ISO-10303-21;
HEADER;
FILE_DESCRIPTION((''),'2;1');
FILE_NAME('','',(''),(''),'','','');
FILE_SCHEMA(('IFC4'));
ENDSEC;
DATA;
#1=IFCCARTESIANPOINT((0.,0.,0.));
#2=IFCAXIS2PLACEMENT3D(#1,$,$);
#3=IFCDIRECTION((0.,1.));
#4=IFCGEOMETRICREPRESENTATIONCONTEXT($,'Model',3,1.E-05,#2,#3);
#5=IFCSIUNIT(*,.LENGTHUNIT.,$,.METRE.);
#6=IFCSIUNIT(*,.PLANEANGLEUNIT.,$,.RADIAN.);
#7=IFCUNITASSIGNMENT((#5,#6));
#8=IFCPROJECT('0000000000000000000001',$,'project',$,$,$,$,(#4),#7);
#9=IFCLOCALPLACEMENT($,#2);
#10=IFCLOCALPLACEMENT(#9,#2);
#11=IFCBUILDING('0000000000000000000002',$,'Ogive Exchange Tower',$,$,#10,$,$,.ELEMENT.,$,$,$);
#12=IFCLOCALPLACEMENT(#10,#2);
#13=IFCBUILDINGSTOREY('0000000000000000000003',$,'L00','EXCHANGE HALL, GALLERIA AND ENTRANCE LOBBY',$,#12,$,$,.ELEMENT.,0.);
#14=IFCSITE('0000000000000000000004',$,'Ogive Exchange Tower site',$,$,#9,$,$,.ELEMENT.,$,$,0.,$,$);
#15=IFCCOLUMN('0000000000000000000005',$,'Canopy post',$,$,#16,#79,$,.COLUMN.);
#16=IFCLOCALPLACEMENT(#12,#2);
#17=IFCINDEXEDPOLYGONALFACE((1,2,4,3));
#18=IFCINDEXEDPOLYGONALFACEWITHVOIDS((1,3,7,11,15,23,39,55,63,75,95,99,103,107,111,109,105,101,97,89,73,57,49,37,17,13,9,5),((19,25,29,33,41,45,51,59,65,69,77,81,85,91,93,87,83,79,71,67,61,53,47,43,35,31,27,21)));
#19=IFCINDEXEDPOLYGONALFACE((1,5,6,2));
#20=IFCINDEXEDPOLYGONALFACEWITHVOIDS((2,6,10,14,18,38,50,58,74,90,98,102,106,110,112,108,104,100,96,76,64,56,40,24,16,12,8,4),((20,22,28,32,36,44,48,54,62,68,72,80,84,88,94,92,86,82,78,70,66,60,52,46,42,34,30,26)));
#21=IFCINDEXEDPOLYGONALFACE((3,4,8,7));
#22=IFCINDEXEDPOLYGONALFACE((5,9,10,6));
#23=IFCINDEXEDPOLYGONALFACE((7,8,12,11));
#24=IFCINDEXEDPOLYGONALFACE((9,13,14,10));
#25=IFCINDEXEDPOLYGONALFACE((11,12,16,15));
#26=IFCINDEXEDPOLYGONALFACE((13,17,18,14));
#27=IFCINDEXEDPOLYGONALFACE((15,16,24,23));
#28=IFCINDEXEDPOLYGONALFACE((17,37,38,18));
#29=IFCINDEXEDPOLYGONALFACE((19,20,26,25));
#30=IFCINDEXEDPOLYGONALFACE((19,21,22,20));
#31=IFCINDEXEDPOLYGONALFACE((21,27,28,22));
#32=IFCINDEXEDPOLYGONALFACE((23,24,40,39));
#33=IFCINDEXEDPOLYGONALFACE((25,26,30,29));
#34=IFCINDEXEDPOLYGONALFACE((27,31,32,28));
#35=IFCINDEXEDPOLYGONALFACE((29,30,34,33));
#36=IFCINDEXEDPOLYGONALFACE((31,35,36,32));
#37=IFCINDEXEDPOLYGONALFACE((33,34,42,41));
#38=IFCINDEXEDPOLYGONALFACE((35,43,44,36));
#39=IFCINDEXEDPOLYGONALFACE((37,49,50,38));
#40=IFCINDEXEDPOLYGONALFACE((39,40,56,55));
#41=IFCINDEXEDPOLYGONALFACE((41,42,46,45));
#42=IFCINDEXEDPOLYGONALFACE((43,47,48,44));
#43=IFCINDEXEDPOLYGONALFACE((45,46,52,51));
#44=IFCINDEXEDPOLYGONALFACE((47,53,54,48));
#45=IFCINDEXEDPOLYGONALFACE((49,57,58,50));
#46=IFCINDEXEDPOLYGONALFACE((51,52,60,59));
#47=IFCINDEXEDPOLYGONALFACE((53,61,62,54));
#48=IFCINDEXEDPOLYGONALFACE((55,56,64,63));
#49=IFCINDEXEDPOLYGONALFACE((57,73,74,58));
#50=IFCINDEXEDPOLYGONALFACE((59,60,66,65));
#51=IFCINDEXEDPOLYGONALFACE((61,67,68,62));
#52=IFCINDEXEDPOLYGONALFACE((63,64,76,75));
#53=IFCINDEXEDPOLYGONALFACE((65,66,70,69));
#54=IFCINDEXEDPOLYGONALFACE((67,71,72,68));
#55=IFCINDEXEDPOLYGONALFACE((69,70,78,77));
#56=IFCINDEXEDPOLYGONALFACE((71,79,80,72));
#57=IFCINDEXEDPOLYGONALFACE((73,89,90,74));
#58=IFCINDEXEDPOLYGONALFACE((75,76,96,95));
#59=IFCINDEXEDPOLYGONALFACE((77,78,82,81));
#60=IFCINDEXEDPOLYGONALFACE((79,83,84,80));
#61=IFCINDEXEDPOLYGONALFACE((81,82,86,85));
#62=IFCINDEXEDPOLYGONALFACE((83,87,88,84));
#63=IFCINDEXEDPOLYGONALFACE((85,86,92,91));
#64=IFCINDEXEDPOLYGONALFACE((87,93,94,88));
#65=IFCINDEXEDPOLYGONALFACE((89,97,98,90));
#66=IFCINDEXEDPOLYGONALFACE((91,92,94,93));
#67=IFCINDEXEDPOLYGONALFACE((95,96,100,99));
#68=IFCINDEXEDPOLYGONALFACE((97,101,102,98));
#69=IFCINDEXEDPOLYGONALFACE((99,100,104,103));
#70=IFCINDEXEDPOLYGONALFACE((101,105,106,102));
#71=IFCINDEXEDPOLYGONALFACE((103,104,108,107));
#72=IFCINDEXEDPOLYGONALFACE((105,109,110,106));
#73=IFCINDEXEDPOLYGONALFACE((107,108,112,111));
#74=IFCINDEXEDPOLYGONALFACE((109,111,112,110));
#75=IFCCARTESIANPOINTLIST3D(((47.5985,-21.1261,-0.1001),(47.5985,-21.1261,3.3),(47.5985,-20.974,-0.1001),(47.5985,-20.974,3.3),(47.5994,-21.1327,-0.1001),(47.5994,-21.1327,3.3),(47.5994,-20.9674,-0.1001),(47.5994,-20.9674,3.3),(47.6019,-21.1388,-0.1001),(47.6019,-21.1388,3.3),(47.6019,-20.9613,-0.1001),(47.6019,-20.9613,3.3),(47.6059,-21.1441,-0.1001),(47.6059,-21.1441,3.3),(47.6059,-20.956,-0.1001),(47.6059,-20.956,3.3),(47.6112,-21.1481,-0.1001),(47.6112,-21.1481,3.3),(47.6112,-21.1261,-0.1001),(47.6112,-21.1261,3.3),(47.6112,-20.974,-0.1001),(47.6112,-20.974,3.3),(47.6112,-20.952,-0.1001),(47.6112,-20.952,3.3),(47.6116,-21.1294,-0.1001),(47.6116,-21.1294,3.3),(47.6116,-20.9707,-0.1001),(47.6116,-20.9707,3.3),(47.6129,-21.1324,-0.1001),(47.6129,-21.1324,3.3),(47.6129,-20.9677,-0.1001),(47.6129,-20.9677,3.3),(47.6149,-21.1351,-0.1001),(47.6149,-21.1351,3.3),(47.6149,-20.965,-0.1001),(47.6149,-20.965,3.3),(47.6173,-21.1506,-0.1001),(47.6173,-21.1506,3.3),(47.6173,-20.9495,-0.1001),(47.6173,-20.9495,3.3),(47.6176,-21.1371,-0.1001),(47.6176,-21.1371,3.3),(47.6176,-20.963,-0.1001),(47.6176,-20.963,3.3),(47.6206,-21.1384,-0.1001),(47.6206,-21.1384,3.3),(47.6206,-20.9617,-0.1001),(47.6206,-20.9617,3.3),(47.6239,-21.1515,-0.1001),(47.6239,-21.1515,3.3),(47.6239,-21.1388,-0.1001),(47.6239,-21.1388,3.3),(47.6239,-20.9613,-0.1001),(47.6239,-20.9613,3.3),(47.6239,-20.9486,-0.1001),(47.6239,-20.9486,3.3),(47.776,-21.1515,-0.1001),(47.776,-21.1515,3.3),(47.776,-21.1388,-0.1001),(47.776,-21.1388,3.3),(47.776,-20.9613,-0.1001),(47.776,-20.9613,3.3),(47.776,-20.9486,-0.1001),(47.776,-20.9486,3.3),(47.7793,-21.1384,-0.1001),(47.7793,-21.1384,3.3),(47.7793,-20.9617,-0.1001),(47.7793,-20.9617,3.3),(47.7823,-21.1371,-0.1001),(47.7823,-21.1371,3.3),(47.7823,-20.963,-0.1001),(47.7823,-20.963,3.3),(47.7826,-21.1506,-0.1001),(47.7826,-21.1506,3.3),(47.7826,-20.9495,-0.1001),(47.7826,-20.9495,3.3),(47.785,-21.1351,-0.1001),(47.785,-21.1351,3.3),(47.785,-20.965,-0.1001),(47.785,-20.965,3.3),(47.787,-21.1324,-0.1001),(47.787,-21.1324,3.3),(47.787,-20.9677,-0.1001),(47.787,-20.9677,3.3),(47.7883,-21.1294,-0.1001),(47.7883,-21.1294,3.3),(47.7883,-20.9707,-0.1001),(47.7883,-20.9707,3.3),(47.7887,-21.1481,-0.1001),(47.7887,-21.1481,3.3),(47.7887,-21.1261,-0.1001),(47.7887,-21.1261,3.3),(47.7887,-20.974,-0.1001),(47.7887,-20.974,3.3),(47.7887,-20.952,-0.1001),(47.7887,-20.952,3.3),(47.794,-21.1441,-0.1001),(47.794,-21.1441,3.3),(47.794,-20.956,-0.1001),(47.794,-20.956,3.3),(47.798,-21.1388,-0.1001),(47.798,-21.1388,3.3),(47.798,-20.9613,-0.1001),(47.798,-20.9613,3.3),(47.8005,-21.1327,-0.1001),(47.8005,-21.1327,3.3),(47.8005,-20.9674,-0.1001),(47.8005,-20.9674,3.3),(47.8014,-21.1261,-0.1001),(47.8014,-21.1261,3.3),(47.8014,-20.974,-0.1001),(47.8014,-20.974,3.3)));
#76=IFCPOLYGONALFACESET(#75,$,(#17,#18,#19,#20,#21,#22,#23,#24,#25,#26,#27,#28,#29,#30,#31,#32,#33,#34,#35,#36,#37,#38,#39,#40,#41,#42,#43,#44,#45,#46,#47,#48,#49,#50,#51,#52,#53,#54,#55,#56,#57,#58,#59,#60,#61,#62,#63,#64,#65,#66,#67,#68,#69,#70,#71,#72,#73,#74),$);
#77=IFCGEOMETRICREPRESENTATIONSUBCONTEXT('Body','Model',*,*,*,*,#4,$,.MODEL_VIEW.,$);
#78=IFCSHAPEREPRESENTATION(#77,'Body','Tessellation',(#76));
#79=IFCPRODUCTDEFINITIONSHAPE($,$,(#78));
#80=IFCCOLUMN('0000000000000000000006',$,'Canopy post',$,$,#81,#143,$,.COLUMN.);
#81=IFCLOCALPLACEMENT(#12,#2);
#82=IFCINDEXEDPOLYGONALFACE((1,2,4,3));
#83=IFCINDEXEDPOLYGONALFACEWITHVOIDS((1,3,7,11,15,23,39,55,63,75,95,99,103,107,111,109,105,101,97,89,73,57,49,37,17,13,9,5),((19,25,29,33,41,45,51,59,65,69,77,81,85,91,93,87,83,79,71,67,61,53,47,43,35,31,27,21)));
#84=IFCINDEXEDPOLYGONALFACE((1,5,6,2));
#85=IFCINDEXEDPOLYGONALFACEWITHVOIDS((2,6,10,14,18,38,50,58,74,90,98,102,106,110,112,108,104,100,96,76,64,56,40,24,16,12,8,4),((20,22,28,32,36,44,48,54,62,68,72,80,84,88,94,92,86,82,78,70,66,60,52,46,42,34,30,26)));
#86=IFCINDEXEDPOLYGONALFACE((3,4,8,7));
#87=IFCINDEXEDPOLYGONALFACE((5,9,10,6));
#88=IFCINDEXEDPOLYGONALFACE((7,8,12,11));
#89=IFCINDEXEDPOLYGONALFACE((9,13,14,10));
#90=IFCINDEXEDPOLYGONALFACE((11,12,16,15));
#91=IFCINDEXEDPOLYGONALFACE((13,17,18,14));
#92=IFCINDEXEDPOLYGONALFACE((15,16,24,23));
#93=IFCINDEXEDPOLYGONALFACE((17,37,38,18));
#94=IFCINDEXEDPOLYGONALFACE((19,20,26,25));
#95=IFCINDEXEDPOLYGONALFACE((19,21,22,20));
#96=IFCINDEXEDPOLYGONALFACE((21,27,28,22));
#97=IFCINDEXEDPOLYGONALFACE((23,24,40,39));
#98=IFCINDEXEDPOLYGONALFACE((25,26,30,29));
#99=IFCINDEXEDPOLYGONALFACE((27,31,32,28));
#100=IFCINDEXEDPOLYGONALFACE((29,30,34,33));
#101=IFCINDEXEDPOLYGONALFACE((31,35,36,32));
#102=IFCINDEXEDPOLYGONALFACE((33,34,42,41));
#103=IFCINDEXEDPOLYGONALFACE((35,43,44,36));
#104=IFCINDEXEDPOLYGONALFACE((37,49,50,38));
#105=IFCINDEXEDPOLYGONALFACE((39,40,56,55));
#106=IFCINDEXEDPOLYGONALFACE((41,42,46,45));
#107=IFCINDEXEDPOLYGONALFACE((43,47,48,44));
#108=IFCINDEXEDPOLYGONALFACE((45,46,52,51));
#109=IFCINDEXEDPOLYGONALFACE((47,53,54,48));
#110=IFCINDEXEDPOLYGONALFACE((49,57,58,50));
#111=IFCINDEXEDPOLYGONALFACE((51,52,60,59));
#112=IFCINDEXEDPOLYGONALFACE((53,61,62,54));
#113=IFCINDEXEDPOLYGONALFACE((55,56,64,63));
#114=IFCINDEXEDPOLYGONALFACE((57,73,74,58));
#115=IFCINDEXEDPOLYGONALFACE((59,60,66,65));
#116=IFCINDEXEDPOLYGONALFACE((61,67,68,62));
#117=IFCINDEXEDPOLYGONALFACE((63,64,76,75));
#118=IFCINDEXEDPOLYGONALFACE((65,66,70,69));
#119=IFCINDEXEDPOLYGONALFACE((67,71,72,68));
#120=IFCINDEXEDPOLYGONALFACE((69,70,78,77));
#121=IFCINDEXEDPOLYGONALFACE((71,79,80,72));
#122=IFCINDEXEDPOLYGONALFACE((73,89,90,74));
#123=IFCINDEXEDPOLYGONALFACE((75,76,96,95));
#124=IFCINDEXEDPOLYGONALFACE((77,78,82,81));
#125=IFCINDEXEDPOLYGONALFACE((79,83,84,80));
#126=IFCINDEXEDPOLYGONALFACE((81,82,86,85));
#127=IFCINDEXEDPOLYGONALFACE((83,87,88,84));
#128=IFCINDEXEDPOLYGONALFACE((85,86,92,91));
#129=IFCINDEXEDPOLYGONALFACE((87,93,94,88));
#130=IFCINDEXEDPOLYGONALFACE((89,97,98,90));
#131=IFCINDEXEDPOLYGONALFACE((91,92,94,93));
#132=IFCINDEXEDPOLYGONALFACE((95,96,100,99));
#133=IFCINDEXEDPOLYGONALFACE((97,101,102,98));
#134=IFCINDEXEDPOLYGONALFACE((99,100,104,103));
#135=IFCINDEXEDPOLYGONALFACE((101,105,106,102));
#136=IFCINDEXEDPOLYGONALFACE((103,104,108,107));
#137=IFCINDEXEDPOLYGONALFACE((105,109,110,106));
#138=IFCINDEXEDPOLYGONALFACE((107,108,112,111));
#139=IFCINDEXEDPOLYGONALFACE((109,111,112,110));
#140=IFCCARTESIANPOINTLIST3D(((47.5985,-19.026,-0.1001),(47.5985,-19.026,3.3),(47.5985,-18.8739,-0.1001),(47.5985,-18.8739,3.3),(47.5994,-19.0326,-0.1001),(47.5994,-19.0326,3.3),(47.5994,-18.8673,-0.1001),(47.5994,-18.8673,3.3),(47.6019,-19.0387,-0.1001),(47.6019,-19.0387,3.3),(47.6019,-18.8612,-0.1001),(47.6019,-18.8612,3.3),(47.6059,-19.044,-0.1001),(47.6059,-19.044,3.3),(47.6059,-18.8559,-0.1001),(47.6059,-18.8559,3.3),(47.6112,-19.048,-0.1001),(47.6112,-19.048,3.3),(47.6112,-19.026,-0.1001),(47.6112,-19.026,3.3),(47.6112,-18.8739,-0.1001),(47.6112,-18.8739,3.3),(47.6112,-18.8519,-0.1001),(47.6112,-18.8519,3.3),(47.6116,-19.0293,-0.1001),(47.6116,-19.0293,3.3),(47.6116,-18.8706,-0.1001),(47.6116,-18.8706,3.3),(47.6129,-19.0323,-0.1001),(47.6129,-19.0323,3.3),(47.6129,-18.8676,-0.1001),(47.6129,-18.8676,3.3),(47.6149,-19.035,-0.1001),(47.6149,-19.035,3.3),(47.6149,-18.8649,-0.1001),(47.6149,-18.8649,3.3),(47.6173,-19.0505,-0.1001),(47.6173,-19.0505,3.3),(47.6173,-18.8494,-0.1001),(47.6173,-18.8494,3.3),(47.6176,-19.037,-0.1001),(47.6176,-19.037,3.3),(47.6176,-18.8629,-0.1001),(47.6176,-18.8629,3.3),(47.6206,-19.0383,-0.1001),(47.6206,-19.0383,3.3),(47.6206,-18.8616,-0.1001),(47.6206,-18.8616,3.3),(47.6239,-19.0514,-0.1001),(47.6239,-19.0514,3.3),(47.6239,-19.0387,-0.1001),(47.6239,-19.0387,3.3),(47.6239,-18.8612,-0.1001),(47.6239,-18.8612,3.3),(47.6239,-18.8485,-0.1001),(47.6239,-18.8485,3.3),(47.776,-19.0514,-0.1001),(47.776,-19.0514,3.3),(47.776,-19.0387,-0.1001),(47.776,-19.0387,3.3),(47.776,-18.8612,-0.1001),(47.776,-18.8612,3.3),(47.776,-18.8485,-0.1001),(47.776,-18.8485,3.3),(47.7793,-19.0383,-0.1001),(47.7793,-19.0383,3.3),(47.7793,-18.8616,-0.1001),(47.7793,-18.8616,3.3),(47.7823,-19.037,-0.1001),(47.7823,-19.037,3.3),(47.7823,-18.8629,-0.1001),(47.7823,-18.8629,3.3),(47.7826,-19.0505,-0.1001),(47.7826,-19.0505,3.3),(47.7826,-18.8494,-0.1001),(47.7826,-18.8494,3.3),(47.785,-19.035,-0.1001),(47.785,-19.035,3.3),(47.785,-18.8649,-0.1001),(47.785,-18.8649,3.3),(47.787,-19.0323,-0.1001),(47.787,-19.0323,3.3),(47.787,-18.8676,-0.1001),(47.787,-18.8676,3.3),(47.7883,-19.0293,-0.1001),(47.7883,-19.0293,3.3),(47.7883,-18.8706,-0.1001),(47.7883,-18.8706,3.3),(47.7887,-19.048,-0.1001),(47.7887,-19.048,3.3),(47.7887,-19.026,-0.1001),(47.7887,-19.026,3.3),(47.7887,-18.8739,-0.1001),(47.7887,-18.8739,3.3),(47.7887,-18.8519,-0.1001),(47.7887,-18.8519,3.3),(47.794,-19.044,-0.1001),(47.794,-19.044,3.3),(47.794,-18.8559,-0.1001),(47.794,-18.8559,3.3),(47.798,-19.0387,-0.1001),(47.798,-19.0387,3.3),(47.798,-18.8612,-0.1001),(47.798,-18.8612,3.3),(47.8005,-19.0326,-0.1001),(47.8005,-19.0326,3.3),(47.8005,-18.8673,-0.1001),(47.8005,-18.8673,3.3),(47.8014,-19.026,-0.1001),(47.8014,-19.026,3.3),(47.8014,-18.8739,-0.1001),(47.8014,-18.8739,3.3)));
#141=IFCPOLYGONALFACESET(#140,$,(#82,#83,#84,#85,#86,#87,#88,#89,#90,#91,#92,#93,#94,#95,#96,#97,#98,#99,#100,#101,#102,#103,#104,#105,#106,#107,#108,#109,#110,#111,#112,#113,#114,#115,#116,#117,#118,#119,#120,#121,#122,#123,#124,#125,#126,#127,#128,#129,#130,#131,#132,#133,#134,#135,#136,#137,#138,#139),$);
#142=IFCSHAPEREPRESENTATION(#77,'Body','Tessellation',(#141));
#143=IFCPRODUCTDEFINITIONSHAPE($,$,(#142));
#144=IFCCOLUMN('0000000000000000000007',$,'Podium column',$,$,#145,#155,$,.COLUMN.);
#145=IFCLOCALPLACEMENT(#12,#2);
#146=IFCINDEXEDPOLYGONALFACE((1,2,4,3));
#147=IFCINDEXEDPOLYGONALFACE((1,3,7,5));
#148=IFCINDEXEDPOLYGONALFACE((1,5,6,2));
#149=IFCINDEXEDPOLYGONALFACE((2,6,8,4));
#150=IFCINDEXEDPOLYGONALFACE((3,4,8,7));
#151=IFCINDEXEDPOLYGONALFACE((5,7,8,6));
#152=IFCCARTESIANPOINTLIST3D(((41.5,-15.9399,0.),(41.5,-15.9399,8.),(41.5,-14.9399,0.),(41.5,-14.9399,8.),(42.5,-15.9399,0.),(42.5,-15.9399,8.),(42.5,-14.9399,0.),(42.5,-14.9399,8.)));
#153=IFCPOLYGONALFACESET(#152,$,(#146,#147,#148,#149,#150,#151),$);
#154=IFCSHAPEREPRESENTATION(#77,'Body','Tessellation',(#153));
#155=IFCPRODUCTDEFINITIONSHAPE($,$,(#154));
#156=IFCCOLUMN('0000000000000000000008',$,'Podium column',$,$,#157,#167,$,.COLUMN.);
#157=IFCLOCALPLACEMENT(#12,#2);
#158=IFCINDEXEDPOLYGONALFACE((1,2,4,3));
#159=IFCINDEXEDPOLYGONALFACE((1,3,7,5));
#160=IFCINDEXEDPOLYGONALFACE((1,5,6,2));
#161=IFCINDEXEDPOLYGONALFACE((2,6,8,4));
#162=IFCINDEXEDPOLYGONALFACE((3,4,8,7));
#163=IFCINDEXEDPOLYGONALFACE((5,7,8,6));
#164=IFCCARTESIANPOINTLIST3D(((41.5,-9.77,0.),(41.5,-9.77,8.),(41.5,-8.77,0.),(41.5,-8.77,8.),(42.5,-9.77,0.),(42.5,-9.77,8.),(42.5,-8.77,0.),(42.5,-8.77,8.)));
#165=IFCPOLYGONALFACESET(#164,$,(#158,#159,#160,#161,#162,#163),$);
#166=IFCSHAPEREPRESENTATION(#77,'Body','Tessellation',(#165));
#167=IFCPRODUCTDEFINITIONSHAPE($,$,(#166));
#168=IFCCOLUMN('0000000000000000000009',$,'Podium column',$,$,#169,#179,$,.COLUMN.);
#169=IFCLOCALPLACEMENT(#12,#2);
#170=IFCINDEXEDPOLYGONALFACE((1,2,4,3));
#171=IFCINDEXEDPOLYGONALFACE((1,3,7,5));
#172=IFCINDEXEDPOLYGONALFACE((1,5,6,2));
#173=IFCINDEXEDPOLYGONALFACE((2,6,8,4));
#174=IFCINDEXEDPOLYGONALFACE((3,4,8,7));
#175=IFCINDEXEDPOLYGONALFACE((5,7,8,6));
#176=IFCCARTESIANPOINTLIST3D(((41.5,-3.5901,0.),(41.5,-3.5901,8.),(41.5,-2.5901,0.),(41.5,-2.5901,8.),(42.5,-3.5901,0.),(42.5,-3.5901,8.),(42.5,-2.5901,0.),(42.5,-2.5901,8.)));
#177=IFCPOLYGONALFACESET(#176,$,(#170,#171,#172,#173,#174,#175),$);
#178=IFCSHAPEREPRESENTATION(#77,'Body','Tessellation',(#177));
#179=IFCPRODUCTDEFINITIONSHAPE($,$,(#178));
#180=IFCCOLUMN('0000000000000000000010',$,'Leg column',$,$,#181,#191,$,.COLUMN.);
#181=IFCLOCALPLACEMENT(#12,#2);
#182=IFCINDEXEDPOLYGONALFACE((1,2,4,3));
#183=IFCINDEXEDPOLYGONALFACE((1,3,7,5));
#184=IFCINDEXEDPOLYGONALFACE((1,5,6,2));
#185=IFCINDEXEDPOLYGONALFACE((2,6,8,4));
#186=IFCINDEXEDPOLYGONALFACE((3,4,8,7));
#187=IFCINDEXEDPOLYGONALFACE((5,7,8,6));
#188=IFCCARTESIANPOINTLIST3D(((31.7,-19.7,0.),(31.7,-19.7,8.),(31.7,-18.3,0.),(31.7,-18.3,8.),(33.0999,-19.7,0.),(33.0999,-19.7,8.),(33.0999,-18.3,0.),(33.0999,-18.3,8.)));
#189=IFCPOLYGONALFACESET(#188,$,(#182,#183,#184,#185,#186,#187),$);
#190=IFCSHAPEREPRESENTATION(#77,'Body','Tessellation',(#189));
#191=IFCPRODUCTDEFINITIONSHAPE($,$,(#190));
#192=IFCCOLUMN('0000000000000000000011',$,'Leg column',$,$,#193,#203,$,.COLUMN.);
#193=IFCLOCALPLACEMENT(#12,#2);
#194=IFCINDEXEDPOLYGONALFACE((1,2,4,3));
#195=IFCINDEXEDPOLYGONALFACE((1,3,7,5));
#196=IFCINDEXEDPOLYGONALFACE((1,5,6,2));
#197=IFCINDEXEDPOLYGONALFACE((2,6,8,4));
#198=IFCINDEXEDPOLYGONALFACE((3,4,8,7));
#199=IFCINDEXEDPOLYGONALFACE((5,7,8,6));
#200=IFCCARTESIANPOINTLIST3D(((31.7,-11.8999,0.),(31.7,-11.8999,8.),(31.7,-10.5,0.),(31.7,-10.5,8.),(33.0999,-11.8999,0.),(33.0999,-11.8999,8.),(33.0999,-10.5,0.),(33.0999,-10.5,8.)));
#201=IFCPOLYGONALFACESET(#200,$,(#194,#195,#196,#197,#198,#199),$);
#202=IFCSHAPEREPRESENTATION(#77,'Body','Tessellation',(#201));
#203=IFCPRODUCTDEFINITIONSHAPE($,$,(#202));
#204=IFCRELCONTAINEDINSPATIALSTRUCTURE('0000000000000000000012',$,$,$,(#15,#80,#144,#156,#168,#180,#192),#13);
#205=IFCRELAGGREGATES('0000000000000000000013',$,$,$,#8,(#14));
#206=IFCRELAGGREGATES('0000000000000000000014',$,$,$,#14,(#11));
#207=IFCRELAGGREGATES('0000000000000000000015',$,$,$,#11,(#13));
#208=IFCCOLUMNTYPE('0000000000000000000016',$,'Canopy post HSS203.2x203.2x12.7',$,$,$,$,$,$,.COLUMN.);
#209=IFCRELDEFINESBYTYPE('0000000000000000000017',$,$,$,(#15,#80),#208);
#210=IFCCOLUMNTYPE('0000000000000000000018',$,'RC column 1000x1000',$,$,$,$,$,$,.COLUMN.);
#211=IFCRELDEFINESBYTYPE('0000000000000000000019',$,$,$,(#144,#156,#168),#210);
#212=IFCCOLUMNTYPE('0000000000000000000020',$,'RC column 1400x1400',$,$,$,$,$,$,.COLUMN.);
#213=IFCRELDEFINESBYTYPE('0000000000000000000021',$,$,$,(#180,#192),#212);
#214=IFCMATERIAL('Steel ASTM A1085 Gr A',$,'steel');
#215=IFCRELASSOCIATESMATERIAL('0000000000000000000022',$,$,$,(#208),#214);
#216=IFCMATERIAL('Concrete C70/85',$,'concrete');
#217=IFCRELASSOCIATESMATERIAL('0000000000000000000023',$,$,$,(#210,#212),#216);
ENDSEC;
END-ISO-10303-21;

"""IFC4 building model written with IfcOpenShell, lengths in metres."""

from ifc_helpers import new_model, si_unit, direction, frame, origin, origin_2d, place, context, subcontext, project, spatial, rectangle, hollow_rectangle, extrude, material, material_profile, profile_set, type_object, element, save


model = new_model("IFC4")

# Units and contexts
model_context = context("Model", 3, precision=1e-05, world=origin(), true_north=direction((0.0, 1.0)))
body_context = subcontext(model_context, "Body", "Model", "MODEL_VIEW")
ifc_project = project(units=[si_unit("LENGTHUNIT", "METRE"), si_unit("PLANEANGLEUNIT", "RADIAN")], contexts=[model_context])

# Site, building, storey
site_placement = place(None, origin())
site = spatial("IfcSite", under=ifc_project, at=site_placement, Name="Ogive Exchange Tower site", CompositionType="ELEMENT", RefElevation=0.0)
building_placement = place(site_placement, origin())
building = spatial("IfcBuilding", under=site, at=building_placement, Name="Ogive Exchange Tower", CompositionType="ELEMENT")
storey_placement = place(building_placement, origin())
storey = spatial("IfcBuildingStorey", under=building, at=storey_placement, Name="L00", Description="EXCHANGE HALL, GALLERIA AND ENTRANCE LOBBY", CompositionType="ELEMENT", Elevation=0.0)

# Columns
ifc_material_1 = material(Name="Steel ASTM A1085 Gr A", Category="steel")
ifc_material_profile_1 = material_profile(ifc_material_1, hollow_rectangle(XDim=0.2029, YDim=0.2029, WallThickness=0.0127, InnerFilletRadius=0.0127, OuterFilletRadius=0.0254, at=origin_2d()), Name="HSS203.2x203.2x12.7")
ifc_profile_set_1 = profile_set([ifc_material_profile_1], Name="Steel ASTM A1085 Gr A")
column_type_1 = type_object("IfcColumnType", Name="Canopy post HSS203.2x203.2x12.7", PredefinedType="COLUMN", material=ifc_profile_set_1)
for number, where, z_axis, x_axis, name in (
    (1, (47.7, -21.05, -0.1001), (0.0, 0.0, 1.0), (0.0, 1.0, 0.0), "Canopy post"),
    (2, (47.7, -18.95, -0.1001), (0.0, 0.0, 1.0), (0.0, 1.0, 0.0), "Canopy post"),
):
    element("IfcColumn", number, at=place(storey_placement, frame(where, z_axis=z_axis, x_axis=x_axis)), inside=storey, type_object=column_type_1, Name=name, PredefinedType="COLUMN", context=body_context, shape_type="SweptSolid", body=[
        extrude(hollow_rectangle(XDim=0.2029, YDim=0.2029, WallThickness=0.0127, InnerFilletRadius=0.0127, OuterFilletRadius=0.0254, at=origin_2d()), origin(), (0.0, 0.0, 1.0), 3.4001),
    ])
ifc_material_2 = material(Name="Concrete C70/85", Category="concrete")
ifc_material_profile_2 = material_profile(ifc_material_2, rectangle(XDim=1.0, YDim=1.0, at=origin_2d()), Name="RC 1000x1000")
ifc_profile_set_2 = profile_set([ifc_material_profile_2], Name="Concrete C70/85")
column_type_2 = type_object("IfcColumnType", Name="RC column 1000x1000", PredefinedType="COLUMN", material=ifc_profile_set_2)
for number, where, z_axis, x_axis, name in (
    (3, (42.0, -15.4399, 0.0), (0.0, 0.0, 1.0), (1.0, 0.0, 0.0), "Podium column"),
    (4, (42.0, -9.27, 0.0), (0.0, 0.0, 1.0), (1.0, 0.0, 0.0), "Podium column"),
    (5, (42.0, -3.0901, 0.0), (0.0, 0.0, 1.0), (1.0, 0.0, 0.0), "Podium column"),
):
    element("IfcColumn", number, at=place(storey_placement, frame(where, z_axis=z_axis, x_axis=x_axis)), inside=storey, type_object=column_type_2, Name=name, PredefinedType="COLUMN", context=body_context, shape_type="SweptSolid", body=[
        extrude(rectangle(XDim=1.0, YDim=1.0, at=origin_2d()), origin(), (0.0, 0.0, 1.0), 8.0),
    ])
ifc_material_profile_3 = material_profile(ifc_material_2, rectangle(XDim=1.3999, YDim=1.3999, at=origin_2d()), Name="RC 1400x1400")
ifc_profile_set_3 = profile_set([ifc_material_profile_3], Name="Concrete C70/85")
column_type_3 = type_object("IfcColumnType", Name="RC column 1400x1400", PredefinedType="COLUMN", material=ifc_profile_set_3)
for number, where, z_axis, x_axis, name in (
    (6, (32.3999, -19.0, 0.0), (0.0, 0.0, 1.0), (1.0, 0.0, 0.0), "Leg column"),
    (7, (32.3999, -11.2, 0.0), (0.0, 0.0, 1.0), (1.0, 0.0, 0.0), "Leg column"),
):
    element("IfcColumn", number, at=place(storey_placement, frame(where, z_axis=z_axis, x_axis=x_axis)), inside=storey, type_object=column_type_3, Name=name, PredefinedType="COLUMN", context=body_context, shape_type="SweptSolid", body=[
        extrude(rectangle(XDim=1.3999, YDim=1.3999, at=origin_2d()), origin(), (0.0, 0.0, 1.0), 8.0),
    ])

save(model, "model.ifc")
